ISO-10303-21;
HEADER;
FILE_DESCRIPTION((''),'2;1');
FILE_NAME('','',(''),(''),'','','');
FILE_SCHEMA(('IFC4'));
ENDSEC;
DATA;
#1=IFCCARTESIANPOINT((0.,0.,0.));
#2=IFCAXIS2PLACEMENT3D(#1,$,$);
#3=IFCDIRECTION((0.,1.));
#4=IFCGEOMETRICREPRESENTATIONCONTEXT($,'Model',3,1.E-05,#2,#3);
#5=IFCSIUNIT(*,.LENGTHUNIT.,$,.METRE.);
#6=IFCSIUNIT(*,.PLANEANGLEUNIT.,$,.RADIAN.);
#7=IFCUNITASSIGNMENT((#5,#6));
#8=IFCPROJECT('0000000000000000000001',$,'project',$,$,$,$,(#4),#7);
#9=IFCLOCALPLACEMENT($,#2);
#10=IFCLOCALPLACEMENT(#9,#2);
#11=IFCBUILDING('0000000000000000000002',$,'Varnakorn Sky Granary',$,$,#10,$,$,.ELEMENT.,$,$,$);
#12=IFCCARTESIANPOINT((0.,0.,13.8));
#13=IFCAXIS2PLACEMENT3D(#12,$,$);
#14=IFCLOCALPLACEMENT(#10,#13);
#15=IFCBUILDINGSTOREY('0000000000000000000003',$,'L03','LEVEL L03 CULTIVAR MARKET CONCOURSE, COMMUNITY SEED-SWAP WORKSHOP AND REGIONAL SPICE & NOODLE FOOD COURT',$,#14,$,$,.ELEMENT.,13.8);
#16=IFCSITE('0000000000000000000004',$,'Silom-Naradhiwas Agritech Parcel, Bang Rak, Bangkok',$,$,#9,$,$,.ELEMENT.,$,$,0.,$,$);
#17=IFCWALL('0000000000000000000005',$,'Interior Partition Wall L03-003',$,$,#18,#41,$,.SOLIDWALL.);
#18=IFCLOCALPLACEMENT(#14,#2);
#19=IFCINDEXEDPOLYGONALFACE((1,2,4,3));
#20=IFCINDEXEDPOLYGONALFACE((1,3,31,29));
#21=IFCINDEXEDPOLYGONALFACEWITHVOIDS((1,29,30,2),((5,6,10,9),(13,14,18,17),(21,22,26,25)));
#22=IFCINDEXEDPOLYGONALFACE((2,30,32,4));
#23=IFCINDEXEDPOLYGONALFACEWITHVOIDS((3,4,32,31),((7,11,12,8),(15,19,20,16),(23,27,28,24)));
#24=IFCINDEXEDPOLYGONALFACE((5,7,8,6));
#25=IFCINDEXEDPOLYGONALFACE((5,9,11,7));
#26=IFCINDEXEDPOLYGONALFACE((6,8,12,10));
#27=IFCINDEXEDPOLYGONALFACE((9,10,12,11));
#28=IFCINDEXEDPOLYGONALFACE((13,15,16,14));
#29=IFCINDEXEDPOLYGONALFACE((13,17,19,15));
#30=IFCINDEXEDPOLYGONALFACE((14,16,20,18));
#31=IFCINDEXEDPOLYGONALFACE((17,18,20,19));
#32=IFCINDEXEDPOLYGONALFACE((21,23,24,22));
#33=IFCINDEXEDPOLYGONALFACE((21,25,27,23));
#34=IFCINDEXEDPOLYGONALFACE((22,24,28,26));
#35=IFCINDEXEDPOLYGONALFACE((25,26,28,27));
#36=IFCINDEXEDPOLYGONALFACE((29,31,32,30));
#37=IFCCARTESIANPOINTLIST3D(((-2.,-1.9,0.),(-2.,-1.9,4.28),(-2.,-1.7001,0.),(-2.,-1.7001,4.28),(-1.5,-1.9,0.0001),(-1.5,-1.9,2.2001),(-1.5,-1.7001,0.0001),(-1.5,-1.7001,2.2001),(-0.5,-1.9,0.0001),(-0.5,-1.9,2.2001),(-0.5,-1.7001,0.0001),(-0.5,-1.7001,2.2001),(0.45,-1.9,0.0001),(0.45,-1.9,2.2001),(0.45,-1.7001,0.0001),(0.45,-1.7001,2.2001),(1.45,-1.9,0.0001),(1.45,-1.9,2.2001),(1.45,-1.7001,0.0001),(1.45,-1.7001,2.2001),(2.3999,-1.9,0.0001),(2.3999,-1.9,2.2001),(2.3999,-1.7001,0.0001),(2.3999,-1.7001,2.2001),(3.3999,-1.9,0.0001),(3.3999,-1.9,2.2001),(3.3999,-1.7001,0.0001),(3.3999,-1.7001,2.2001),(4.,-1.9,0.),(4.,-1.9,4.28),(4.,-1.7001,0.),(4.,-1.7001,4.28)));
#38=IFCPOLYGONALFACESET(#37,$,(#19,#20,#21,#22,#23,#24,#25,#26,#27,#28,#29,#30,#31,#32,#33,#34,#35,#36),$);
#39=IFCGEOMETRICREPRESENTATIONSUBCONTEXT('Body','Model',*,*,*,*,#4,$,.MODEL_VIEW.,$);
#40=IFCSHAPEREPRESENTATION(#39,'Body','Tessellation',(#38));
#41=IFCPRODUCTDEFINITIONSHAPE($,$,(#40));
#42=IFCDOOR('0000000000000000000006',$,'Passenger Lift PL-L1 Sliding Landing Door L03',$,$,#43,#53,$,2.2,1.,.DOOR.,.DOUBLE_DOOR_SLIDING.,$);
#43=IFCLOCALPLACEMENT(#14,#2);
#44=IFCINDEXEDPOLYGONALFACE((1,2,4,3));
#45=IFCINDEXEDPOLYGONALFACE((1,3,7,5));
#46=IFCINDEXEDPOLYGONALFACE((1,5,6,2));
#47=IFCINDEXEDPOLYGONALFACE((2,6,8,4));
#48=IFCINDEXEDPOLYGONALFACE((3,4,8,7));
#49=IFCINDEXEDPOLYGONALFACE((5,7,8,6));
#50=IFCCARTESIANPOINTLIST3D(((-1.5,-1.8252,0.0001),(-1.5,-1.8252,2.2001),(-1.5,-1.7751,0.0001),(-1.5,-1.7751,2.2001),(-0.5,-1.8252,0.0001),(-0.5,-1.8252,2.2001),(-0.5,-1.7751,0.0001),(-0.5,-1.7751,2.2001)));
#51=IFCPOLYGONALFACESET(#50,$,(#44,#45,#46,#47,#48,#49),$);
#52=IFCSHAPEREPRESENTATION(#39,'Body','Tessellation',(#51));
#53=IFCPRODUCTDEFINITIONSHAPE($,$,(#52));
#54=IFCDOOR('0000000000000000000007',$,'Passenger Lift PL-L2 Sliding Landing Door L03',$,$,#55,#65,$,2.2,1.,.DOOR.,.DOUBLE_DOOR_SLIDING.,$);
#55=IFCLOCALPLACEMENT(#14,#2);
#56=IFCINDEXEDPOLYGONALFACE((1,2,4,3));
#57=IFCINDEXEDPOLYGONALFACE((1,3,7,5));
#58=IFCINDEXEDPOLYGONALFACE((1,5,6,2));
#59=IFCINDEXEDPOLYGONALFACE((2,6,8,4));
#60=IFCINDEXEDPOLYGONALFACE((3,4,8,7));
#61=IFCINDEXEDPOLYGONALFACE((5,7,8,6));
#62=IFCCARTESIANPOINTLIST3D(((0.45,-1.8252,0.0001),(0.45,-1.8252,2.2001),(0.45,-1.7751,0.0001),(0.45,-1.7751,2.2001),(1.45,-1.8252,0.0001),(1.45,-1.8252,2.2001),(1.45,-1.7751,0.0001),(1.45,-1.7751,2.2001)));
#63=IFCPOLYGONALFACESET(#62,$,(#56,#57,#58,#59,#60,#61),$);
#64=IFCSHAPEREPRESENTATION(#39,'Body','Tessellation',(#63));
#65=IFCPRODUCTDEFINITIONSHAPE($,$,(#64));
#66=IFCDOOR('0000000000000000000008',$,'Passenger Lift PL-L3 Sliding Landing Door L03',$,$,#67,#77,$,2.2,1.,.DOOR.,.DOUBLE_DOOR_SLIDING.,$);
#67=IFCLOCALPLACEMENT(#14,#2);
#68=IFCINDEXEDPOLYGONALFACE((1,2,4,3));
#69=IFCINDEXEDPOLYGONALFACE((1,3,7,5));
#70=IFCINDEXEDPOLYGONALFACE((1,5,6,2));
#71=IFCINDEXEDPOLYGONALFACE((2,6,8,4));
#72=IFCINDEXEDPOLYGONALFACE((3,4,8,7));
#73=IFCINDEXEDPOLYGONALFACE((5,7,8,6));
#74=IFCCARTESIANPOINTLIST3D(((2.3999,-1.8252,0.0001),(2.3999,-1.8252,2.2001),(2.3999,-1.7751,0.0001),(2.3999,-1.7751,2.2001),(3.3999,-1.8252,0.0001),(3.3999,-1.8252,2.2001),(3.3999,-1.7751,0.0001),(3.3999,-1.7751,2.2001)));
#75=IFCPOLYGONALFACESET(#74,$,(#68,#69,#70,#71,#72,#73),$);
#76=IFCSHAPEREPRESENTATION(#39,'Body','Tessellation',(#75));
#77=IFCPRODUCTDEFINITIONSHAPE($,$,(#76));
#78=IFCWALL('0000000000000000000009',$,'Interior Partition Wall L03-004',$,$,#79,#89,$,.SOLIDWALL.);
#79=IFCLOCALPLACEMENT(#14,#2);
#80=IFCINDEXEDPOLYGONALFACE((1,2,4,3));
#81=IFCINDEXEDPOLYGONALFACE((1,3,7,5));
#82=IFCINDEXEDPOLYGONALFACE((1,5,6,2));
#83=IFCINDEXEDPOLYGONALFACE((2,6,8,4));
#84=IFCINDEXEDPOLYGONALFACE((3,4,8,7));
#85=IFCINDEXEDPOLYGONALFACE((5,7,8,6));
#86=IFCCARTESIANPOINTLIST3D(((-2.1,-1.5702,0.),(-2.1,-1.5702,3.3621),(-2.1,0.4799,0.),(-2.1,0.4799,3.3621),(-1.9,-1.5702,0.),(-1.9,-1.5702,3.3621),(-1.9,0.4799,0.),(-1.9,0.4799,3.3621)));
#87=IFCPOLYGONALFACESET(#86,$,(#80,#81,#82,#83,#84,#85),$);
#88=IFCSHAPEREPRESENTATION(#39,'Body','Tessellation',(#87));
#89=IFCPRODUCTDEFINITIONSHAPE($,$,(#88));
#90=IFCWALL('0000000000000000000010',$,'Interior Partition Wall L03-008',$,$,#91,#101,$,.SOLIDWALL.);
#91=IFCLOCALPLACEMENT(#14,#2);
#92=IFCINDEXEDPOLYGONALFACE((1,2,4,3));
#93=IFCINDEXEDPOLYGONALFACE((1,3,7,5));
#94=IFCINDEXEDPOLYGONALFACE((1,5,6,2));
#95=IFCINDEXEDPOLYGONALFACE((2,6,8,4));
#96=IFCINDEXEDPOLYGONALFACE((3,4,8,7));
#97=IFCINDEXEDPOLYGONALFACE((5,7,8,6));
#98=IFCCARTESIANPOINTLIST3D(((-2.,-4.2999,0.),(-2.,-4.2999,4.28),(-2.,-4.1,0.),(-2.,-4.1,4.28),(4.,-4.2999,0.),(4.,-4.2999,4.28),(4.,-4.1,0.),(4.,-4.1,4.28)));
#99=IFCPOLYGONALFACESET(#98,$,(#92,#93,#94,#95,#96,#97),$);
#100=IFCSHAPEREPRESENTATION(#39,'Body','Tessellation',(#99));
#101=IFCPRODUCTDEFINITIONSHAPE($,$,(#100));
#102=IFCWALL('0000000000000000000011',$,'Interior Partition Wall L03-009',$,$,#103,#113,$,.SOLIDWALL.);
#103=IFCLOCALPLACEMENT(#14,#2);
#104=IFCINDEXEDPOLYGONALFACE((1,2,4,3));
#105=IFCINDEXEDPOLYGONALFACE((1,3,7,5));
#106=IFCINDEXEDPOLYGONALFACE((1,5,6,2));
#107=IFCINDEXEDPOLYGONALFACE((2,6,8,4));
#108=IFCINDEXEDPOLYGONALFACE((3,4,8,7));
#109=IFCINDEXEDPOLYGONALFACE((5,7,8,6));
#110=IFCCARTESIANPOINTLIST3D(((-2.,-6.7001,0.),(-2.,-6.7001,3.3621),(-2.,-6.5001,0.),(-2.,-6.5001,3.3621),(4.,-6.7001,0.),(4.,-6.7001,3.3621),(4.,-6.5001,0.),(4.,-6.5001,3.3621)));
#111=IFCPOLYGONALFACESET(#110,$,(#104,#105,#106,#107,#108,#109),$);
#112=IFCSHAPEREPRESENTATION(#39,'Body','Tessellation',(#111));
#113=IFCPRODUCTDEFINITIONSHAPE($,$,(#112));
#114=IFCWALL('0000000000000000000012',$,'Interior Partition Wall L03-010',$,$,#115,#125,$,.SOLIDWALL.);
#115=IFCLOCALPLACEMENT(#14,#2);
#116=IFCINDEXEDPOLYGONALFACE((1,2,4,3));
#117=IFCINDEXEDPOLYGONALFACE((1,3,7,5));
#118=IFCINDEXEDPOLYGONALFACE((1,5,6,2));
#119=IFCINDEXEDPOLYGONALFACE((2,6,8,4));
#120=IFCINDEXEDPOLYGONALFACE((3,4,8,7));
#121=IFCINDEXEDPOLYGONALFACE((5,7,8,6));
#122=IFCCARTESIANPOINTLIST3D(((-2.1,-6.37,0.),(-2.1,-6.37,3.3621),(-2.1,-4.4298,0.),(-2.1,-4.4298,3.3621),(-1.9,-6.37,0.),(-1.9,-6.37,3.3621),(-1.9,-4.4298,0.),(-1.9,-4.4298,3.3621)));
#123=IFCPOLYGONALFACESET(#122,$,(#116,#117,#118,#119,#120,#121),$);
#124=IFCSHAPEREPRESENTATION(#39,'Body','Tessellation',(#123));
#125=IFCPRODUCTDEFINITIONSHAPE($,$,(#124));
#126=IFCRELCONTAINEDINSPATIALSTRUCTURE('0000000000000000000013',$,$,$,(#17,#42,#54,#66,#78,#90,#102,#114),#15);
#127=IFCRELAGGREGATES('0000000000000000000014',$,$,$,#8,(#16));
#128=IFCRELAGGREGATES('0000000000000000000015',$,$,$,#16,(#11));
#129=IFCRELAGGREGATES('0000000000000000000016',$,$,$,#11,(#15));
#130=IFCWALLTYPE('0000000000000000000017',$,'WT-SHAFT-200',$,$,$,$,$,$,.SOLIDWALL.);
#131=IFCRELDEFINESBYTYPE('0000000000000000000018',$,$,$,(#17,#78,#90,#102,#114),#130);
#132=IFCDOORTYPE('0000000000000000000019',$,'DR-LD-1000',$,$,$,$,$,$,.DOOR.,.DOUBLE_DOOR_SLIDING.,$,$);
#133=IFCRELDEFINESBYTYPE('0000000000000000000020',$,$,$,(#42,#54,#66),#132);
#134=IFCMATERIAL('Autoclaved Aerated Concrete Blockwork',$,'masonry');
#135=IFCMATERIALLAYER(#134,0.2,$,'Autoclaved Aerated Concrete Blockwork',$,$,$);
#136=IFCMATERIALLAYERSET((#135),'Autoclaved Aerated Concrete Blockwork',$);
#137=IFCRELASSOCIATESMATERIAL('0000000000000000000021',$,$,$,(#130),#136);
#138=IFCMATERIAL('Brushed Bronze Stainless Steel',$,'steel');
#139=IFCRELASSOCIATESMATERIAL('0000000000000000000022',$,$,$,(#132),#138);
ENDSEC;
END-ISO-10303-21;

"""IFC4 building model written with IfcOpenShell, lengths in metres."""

from ifc_helpers import new_model, si_unit, direction, frame, frame_2d, origin, place, context, subcontext, project, spatial, rectangle, extrude, material, layer, layer_set, type_object, element, fill, save


model = new_model("IFC4")

# Units and contexts
model_context = context("Model", 3, precision=1e-05, world=origin(), true_north=direction((0.0, 1.0)))
body_context = subcontext(model_context, "Body", "Model", "MODEL_VIEW")
ifc_project = project(units=[si_unit("LENGTHUNIT", "METRE"), si_unit("PLANEANGLEUNIT", "RADIAN")], contexts=[model_context])

# Site, building, storey
site_placement = place(None, origin())
site = spatial("IfcSite", under=ifc_project, at=site_placement, Name="Silom-Naradhiwas Agritech Parcel, Bang Rak, Bangkok", CompositionType="ELEMENT", RefElevation=0.0)
building_placement = place(site_placement, origin())
building = spatial("IfcBuilding", under=site, at=building_placement, Name="Varnakorn Sky Granary", CompositionType="ELEMENT")
storey_placement = place(building_placement, frame((0.0, 0.0, 13.8)))
storey = spatial("IfcBuildingStorey", under=building, at=storey_placement, Name="L03", Description="LEVEL L03 CULTIVAR MARKET CONCOURSE, COMMUNITY SEED-SWAP WORKSHOP AND REGIONAL SPICE & NOODLE FOOD COURT", CompositionType="ELEMENT", Elevation=13.8)

# Shared definitions
ifc_material_1 = material(Name="Autoclaved Aerated Concrete Blockwork", Category="masonry")

# Wall, openings, doors
ifc_layer_1 = layer(ifc_material_1, 0.2, Name="Autoclaved Aerated Concrete Blockwork")
ifc_layer_set_1 = layer_set([ifc_layer_1], Name="Autoclaved Aerated Concrete Blockwork")
wall_type_1 = type_object("IfcWallType", Name="WT-SHAFT-200", PredefinedType="SOLIDWALL", material=ifc_layer_set_1)
wall_1_placement = place(storey_placement, frame((-2.0, -1.8, 0.0), z_axis=(0.0, 0.0, 1.0), x_axis=(1.0, 0.0, 0.0)))
wall_1 = element("IfcWall", 1, at=wall_1_placement, inside=storey, type_object=wall_type_1, Name="Interior Partition Wall L03-003", PredefinedType="SOLIDWALL", context=body_context, shape_type="SweptSolid", body=[
    extrude(rectangle(XDim=6.0, YDim=0.2, at=frame_2d((3.0, 0.0))), origin(), (0.0, 0.0, 1.0), 4.28),
])
opening_1_placement = place(wall_1_placement, frame((0.5, 0.0, 0.0)))
opening_1 = element("IfcOpeningElement", 2, at=opening_1_placement, cuts=wall_1, PredefinedType="OPENING", context=body_context, shape_type="SweptSolid", body=[
    extrude(rectangle(XDim=1.0, YDim=2.2, at=frame_2d((0.5, 1.1001))), frame((0.0, 0.1099, 0.0), z_axis=(0.0, -1.0, 0.0), x_axis=(1.0, 0.0, 0.0)), (0.0, 0.0, 1.0), 0.22),
])
opening_2_placement = place(wall_1_placement, frame((2.45, 0.0, 0.0)))
opening_2 = element("IfcOpeningElement", 3, at=opening_2_placement, cuts=wall_1, PredefinedType="OPENING", context=body_context, shape_type="SweptSolid", body=[
    extrude(rectangle(XDim=1.0, YDim=2.2, at=frame_2d((0.5, 1.1001))), frame((0.0, 0.1099, 0.0), z_axis=(0.0, -1.0, 0.0), x_axis=(1.0, 0.0, 0.0)), (0.0, 0.0, 1.0), 0.22),
])
opening_3_placement = place(wall_1_placement, frame((4.3999, 0.0, 0.0)))
opening_3 = element("IfcOpeningElement", 4, at=opening_3_placement, cuts=wall_1, PredefinedType="OPENING", context=body_context, shape_type="SweptSolid", body=[
    extrude(rectangle(XDim=1.0, YDim=2.2, at=frame_2d((0.5, 1.1001))), frame((0.0, 0.1099, 0.0), z_axis=(0.0, -1.0, 0.0), x_axis=(1.0, 0.0, 0.0)), (0.0, 0.0, 1.0), 0.22),
])
ifc_material_2 = material(Name="Brushed Bronze Stainless Steel", Category="steel")
door_type_1 = type_object("IfcDoorType", Name="DR-LD-1000", OperationType="DOUBLE_DOOR_SLIDING", PredefinedType="DOOR", material=ifc_material_2)
door_1_placement = place(opening_1_placement, origin())
door_1 = element("IfcDoor", 5, at=door_1_placement, inside=storey, type_object=door_type_1, Name="Passenger Lift PL-L1 Sliding Landing Door L03", OperationType="DOUBLE_DOOR_SLIDING", OverallHeight=2.2, OverallWidth=1.0, PredefinedType="DOOR", context=body_context, shape_type="SweptSolid", body=[
    extrude(rectangle(XDim=1.0, YDim=2.2, at=frame_2d((0.5, 1.1001))), frame((0.0, 0.0249, 0.0), z_axis=(0.0, -1.0, 0.0), x_axis=(1.0, 0.0, 0.0)), (0.0, 0.0, 1.0), 0.05),
])
fill(opening_1, door_1)
door_2_placement = place(opening_2_placement, origin())
door_2 = element("IfcDoor", 6, at=door_2_placement, inside=storey, type_object=door_type_1, Name="Passenger Lift PL-L2 Sliding Landing Door L03", OperationType="DOUBLE_DOOR_SLIDING", OverallHeight=2.2, OverallWidth=1.0, PredefinedType="DOOR", context=body_context, shape_type="SweptSolid", body=[
    extrude(rectangle(XDim=1.0, YDim=2.2, at=frame_2d((0.5, 1.1001))), frame((0.0, 0.0249, 0.0), z_axis=(0.0, -1.0, 0.0), x_axis=(1.0, 0.0, 0.0)), (0.0, 0.0, 1.0), 0.05),
])
fill(opening_2, door_2)
door_3_placement = place(opening_3_placement, origin())
door_3 = element("IfcDoor", 7, at=door_3_placement, inside=storey, type_object=door_type_1, Name="Passenger Lift PL-L3 Sliding Landing Door L03", OperationType="DOUBLE_DOOR_SLIDING", OverallHeight=2.2, OverallWidth=1.0, PredefinedType="DOOR", context=body_context, shape_type="SweptSolid", body=[
    extrude(rectangle(XDim=1.0, YDim=2.2, at=frame_2d((0.5, 1.1001))), frame((0.0, 0.0249, 0.0), z_axis=(0.0, -1.0, 0.0), x_axis=(1.0, 0.0, 0.0)), (0.0, 0.0, 1.0), 0.05),
])
fill(opening_3, door_3)

# Walls
wall_2_placement = place(storey_placement, frame((-2.0, -1.5701, 0.0), z_axis=(0.0, 0.0, 1.0), x_axis=(0.0, 1.0, 0.0)))
element("IfcWall", 8, at=wall_2_placement, inside=storey, type_object=wall_type_1, Name="Interior Partition Wall L03-004", PredefinedType="SOLIDWALL", context=body_context, shape_type="SweptSolid", body=[
    extrude(rectangle(XDim=2.05, YDim=0.2, at=frame_2d((1.0249, 0.0))), origin(), (0.0, 0.0, 1.0), 3.3621),
])
wall_3_placement = place(storey_placement, frame((-2.0, -4.2, 0.0), z_axis=(0.0, 0.0, 1.0), x_axis=(1.0, 0.0, 0.0)))
element("IfcWall", 9, at=wall_3_placement, inside=storey, type_object=wall_type_1, Name="Interior Partition Wall L03-008", PredefinedType="SOLIDWALL", context=body_context, shape_type="SweptSolid", body=[
    extrude(rectangle(XDim=6.0, YDim=0.2, at=frame_2d((3.0, 0.0))), origin(), (0.0, 0.0, 1.0), 4.28),
])
wall_4_placement = place(storey_placement, frame((-2.0, -6.6001, 0.0), z_axis=(0.0, 0.0, 1.0), x_axis=(1.0, 0.0, 0.0)))
element("IfcWall", 10, at=wall_4_placement, inside=storey, type_object=wall_type_1, Name="Interior Partition Wall L03-009", PredefinedType="SOLIDWALL", context=body_context, shape_type="SweptSolid", body=[
    extrude(rectangle(XDim=6.0, YDim=0.2, at=frame_2d((3.0, 0.0))), origin(), (0.0, 0.0, 1.0), 3.3621),
])
wall_5_placement = place(storey_placement, frame((-2.0, -6.3701, 0.0), z_axis=(0.0, 0.0, 1.0), x_axis=(0.0, 1.0, 0.0)))
element("IfcWall", 11, at=wall_5_placement, inside=storey, type_object=wall_type_1, Name="Interior Partition Wall L03-010", PredefinedType="SOLIDWALL", context=body_context, shape_type="SweptSolid", body=[
    extrude(rectangle(XDim=1.9402, YDim=0.2, at=frame_2d((0.9702, 0.0))), origin(), (0.0, 0.0, 1.0), 3.3621),
])

save(model, "model.ifc")
